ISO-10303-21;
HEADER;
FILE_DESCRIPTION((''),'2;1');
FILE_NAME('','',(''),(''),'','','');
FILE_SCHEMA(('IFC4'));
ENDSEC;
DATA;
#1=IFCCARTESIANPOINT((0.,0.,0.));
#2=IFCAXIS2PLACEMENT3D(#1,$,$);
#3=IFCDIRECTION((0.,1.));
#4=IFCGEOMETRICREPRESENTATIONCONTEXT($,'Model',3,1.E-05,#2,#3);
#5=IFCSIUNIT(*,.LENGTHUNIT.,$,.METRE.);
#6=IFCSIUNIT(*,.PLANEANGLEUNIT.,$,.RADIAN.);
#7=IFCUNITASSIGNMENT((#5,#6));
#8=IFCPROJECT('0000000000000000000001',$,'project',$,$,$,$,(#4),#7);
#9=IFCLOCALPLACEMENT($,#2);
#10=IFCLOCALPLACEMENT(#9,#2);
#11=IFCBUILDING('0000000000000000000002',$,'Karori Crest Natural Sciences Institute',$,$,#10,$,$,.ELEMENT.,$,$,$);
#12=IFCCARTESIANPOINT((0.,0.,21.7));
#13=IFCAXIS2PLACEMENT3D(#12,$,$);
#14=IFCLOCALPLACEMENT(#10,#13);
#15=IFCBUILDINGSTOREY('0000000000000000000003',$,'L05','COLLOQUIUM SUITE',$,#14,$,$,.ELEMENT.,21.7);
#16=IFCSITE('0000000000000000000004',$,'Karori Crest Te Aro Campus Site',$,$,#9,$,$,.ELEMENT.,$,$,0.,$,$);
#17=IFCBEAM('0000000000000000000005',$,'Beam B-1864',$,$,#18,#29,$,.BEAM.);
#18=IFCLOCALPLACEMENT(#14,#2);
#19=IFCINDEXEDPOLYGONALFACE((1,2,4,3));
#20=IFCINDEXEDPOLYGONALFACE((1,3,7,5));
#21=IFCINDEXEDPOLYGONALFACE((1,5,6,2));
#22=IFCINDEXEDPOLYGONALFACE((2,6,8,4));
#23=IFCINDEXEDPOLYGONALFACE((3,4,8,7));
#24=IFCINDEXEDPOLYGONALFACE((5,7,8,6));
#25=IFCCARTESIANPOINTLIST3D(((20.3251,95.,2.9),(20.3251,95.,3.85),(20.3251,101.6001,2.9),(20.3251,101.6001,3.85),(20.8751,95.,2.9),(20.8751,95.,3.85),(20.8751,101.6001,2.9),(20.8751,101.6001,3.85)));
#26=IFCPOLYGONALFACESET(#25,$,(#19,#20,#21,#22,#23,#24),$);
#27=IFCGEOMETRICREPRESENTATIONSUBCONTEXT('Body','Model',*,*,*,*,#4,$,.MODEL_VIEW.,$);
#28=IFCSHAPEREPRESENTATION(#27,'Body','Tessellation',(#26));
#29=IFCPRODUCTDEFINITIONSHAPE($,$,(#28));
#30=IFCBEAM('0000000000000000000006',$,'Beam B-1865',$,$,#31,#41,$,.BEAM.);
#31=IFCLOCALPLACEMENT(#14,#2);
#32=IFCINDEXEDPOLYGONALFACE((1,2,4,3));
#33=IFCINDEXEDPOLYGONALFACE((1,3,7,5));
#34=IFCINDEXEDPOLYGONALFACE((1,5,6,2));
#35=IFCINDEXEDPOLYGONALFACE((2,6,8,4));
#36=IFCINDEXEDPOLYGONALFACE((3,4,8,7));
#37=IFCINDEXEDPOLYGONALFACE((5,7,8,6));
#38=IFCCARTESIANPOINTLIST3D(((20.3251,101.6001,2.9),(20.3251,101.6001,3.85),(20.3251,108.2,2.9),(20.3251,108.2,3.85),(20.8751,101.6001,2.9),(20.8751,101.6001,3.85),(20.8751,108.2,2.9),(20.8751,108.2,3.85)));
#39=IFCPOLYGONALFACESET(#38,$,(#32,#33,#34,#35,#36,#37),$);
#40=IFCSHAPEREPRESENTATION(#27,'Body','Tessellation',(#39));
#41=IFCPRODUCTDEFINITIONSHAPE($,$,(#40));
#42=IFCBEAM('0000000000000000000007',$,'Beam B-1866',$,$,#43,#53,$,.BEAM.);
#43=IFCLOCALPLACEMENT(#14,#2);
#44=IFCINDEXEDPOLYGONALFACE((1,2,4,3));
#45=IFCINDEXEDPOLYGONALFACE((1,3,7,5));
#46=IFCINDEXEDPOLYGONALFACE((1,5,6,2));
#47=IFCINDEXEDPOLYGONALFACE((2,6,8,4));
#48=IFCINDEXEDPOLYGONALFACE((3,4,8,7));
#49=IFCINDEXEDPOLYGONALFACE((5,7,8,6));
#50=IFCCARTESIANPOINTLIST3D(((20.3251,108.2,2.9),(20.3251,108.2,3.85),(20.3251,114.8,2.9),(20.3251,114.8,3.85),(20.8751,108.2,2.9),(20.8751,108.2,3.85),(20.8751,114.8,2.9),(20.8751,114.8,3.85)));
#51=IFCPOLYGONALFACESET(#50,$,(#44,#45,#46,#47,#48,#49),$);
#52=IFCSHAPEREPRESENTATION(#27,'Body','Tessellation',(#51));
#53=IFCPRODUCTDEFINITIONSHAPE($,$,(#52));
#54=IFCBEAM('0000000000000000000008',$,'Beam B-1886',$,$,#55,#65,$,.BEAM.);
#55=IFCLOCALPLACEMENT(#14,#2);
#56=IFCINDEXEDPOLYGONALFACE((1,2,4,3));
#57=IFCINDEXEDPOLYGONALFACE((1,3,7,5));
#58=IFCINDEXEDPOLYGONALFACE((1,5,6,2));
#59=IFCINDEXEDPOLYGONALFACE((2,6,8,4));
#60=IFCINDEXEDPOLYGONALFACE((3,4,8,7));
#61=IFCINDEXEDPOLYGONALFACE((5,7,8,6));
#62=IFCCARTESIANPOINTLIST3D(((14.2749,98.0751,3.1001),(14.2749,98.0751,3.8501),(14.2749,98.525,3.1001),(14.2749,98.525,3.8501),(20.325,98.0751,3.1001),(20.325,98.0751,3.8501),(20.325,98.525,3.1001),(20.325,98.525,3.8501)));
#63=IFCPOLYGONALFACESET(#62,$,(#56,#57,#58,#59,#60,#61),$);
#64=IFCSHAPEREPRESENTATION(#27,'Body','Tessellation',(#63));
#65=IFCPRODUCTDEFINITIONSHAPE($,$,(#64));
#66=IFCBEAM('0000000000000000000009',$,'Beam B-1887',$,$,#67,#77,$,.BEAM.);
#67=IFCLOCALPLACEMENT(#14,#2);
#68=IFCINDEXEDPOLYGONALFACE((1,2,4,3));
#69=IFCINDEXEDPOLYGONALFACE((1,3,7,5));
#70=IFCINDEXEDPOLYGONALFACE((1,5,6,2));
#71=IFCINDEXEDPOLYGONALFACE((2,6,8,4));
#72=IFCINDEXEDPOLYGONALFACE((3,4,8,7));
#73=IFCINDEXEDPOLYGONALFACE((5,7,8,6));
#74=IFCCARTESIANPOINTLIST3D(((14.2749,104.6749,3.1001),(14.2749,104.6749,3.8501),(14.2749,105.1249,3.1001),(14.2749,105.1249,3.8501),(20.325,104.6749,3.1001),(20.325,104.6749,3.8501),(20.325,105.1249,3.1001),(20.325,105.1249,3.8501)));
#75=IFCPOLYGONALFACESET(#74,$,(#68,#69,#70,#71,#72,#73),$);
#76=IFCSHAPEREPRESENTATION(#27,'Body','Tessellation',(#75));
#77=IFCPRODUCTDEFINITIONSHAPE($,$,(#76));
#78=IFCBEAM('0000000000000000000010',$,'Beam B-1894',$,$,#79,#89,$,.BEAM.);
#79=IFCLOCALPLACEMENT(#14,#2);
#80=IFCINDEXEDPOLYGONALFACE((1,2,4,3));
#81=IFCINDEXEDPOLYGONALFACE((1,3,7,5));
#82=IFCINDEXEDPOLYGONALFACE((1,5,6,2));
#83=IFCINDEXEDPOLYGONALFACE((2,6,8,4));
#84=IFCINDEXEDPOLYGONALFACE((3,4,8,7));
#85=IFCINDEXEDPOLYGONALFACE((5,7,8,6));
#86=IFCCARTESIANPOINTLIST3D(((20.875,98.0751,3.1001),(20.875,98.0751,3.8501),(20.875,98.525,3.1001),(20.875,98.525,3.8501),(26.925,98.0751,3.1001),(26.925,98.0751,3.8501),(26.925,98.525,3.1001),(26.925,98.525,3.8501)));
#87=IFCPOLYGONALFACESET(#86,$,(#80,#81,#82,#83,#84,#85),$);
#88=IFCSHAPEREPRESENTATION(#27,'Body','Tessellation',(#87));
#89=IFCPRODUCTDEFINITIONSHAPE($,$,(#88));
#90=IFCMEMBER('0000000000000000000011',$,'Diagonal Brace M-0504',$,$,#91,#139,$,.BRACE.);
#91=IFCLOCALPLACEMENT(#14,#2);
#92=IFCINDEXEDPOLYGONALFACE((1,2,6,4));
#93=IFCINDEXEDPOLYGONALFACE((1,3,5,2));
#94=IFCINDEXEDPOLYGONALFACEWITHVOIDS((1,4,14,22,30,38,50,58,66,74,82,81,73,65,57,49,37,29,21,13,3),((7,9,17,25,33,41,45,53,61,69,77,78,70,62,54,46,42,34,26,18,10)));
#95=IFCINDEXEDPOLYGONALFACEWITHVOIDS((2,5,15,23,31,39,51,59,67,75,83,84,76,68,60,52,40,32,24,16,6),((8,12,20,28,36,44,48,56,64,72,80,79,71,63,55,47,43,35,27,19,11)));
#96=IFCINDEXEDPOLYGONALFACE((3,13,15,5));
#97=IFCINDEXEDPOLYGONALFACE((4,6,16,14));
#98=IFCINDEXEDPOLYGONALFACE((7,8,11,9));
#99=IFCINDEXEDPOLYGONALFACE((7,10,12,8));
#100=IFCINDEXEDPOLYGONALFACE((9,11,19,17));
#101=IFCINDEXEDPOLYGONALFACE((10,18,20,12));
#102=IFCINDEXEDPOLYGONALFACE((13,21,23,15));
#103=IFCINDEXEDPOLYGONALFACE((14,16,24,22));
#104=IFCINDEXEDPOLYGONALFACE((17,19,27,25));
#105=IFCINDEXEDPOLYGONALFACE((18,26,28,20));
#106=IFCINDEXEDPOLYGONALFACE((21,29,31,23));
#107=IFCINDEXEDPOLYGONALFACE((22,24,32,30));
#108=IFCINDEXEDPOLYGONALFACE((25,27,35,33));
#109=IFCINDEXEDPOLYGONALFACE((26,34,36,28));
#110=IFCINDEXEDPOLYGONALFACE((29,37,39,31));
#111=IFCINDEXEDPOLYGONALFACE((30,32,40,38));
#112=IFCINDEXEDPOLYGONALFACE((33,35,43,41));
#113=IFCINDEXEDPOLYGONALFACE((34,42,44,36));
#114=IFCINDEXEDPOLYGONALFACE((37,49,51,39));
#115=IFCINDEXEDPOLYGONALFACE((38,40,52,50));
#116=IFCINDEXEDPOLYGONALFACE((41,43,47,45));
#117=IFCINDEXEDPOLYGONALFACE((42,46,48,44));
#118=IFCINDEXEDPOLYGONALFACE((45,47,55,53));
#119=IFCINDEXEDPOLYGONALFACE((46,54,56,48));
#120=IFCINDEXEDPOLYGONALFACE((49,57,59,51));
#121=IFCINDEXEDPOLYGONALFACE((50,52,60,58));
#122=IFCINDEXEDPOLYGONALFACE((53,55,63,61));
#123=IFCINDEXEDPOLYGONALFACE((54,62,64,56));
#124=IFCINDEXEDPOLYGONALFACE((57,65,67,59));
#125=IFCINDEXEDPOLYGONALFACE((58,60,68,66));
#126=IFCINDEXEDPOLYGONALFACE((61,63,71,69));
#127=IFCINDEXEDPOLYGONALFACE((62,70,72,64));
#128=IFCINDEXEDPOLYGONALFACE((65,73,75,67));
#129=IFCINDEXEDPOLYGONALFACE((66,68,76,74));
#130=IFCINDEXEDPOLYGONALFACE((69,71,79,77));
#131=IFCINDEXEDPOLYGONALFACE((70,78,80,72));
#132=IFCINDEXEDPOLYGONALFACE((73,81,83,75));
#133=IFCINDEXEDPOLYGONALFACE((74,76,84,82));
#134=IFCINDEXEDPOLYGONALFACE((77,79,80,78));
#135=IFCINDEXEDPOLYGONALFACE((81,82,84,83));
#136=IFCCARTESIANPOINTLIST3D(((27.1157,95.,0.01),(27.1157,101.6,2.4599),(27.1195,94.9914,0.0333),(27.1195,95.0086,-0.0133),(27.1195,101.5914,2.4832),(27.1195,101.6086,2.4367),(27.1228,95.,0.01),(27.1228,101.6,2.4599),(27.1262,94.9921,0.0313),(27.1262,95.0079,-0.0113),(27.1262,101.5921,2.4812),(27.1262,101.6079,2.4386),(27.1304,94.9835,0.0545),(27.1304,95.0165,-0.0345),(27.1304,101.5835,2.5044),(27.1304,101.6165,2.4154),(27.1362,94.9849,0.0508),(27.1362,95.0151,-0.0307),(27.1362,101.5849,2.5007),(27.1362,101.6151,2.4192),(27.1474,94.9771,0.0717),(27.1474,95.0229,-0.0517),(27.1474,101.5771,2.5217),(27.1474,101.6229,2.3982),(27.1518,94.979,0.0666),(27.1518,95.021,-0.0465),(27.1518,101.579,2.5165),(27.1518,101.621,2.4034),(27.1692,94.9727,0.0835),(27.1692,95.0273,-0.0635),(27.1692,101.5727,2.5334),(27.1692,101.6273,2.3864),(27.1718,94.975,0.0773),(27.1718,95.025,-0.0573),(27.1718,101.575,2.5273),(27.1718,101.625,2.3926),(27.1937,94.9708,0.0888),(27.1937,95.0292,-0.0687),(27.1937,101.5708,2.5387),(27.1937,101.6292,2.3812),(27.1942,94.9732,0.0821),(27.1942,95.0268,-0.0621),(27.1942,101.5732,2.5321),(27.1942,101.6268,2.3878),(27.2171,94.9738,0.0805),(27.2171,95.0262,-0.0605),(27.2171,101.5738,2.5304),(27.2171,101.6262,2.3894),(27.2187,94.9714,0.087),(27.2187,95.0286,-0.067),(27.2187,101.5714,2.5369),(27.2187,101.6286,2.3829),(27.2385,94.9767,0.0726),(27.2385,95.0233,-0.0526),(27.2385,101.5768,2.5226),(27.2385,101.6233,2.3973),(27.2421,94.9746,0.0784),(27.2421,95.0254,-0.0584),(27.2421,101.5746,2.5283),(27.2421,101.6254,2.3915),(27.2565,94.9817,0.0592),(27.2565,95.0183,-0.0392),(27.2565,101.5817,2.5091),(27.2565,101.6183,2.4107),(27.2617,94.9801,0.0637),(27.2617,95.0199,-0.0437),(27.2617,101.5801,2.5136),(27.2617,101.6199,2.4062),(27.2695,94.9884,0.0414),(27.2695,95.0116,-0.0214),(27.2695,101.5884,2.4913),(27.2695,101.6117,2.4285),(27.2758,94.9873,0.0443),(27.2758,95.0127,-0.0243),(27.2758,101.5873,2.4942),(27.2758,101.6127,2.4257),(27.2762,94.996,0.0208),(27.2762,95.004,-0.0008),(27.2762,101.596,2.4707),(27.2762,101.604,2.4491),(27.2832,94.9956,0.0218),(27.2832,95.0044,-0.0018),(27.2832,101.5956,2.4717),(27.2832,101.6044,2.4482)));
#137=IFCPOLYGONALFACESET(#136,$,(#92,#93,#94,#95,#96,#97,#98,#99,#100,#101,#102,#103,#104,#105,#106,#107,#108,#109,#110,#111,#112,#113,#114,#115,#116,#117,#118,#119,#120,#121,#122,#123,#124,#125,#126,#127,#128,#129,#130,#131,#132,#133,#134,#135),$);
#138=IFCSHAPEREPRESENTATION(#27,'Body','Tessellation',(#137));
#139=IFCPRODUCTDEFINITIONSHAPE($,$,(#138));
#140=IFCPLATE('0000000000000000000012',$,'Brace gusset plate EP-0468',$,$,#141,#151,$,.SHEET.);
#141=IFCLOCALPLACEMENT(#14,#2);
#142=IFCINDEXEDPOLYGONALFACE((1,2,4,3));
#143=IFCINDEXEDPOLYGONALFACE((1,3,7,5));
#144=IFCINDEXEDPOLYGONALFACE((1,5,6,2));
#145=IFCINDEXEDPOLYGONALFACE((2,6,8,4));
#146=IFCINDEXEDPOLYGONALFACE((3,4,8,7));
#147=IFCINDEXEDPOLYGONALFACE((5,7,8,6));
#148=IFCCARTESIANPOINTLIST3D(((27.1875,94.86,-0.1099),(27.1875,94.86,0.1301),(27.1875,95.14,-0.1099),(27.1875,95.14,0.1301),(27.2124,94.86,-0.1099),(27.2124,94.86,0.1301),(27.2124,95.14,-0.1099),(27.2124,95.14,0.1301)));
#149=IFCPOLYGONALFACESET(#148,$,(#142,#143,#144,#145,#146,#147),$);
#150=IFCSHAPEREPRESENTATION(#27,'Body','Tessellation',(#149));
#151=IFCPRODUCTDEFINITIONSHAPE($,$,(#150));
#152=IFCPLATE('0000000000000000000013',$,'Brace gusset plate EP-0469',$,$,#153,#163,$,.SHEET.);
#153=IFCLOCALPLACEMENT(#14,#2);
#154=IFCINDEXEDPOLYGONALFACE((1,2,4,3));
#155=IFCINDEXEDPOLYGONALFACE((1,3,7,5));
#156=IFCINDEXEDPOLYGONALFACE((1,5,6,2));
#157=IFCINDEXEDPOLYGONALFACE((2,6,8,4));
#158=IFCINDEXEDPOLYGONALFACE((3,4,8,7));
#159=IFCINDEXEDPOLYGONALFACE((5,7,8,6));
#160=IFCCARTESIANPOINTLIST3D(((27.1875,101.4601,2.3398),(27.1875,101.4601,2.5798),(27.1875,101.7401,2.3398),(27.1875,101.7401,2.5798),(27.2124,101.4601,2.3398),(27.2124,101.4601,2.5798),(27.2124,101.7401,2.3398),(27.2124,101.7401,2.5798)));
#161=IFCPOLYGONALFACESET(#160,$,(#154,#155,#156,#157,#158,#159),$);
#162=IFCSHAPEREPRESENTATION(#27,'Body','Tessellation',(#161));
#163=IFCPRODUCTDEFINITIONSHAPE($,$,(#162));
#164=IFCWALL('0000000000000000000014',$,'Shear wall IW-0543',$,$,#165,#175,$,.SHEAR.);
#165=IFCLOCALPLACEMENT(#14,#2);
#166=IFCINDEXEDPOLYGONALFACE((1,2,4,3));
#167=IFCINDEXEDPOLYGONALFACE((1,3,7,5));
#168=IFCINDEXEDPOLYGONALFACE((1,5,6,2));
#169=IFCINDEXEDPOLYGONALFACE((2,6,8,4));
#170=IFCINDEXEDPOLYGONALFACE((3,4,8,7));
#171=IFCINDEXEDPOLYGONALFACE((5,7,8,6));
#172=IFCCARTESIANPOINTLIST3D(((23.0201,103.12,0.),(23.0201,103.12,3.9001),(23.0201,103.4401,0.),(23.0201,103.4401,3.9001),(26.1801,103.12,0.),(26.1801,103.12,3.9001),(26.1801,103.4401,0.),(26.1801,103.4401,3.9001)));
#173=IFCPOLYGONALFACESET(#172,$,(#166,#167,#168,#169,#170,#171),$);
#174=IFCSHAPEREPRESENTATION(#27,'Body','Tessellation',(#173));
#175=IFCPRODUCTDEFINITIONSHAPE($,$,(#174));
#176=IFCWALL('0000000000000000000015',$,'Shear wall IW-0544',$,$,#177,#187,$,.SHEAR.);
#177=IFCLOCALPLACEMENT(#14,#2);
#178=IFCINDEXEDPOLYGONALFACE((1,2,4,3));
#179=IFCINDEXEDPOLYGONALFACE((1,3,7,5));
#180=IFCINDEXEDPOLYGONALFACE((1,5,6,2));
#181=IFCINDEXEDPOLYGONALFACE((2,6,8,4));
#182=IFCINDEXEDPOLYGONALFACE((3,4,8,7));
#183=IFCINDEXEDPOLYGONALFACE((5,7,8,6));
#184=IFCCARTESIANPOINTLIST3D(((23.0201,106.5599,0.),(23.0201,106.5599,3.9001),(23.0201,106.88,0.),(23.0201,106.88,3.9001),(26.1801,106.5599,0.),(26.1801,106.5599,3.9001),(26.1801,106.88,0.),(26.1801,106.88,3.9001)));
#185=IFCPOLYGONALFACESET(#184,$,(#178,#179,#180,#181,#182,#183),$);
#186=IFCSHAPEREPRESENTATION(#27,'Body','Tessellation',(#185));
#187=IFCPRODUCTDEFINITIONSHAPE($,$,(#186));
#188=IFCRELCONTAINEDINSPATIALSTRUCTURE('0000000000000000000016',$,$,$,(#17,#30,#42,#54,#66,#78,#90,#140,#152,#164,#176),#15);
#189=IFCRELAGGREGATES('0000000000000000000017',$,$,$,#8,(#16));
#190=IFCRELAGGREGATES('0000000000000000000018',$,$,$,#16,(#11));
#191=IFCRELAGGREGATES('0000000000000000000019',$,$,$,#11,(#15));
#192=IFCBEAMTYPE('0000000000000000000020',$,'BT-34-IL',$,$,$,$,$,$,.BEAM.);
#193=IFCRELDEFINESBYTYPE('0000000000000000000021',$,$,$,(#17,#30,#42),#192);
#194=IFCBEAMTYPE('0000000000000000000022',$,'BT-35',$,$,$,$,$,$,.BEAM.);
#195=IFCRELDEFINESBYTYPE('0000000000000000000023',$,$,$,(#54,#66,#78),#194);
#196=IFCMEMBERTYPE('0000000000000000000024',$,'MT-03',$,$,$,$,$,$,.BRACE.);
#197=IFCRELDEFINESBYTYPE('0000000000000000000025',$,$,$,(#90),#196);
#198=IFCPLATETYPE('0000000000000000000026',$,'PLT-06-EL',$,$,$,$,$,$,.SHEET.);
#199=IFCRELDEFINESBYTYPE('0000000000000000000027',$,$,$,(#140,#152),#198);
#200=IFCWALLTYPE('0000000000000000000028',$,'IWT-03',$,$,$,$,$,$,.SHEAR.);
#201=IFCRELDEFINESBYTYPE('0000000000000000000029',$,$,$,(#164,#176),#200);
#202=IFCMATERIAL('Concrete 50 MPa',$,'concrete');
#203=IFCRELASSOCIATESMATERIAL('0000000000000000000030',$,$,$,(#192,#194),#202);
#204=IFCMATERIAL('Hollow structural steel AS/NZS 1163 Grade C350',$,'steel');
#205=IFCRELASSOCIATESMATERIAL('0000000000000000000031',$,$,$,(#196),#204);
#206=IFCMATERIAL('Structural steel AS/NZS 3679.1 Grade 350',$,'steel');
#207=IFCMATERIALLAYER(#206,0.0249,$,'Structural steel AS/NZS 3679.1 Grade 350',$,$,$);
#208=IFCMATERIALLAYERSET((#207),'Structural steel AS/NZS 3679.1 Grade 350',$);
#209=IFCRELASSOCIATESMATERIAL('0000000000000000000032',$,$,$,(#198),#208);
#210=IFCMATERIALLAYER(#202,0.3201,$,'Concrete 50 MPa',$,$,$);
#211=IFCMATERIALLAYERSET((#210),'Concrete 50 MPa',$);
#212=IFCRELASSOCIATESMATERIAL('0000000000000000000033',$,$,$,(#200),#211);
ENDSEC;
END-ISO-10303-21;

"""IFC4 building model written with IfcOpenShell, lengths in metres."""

from ifc_helpers import new_model, si_unit, direction, frame, frame_2d, origin, origin_2d, place, context, subcontext, project, spatial, rectangle, hollow_circle, extrude, material, layer, layer_set, material_profile, profile_set, type_object, element, save


model = new_model("IFC4")

# Units and contexts
model_context = context("Model", 3, precision=1e-05, world=origin(), true_north=direction((0.0, 1.0)))
body_context = subcontext(model_context, "Body", "Model", "MODEL_VIEW")
ifc_project = project(units=[si_unit("LENGTHUNIT", "METRE"), si_unit("PLANEANGLEUNIT", "RADIAN")], contexts=[model_context])

# Site, building, storey
site_placement = place(None, origin())
site = spatial("IfcSite", under=ifc_project, at=site_placement, Name="Karori Crest Te Aro Campus Site", CompositionType="ELEMENT", RefElevation=0.0)
building_placement = place(site_placement, origin())
building = spatial("IfcBuilding", under=site, at=building_placement, Name="Karori Crest Natural Sciences Institute", CompositionType="ELEMENT")
storey_placement = place(building_placement, frame((0.0, 0.0, 21.7)))
storey = spatial("IfcBuildingStorey", under=building, at=storey_placement, Name="L05", Description="COLLOQUIUM SUITE", CompositionType="ELEMENT", Elevation=21.7)

# Shared definitions
ifc_material_1 = material(Name="Concrete 50 MPa", Category="concrete")

# Beams
ifc_material_profile_1 = material_profile(ifc_material_1, rectangle(XDim=0.55, YDim=0.95, at=origin_2d()), Name="RCB550x950")
ifc_profile_set_1 = profile_set([ifc_material_profile_1], Name="Concrete 50 MPa")
beam_type_1 = type_object("IfcBeamType", Name="BT-34-IL", PredefinedType="BEAM", material=ifc_profile_set_1)
for number, where, z_axis, x_axis, name in (
    (1, (20.6001, 95.0, 3.375), (0.0, 1.0, 0.0), (-1.0, 0.0, 0.0), "Beam B-1864"),
):
    element("IfcBeam", number, at=place(storey_placement, frame(where, z_axis=z_axis, x_axis=x_axis)), inside=storey, type_object=beam_type_1, Name=name, PredefinedType="BEAM", context=body_context, shape_type="SweptSolid", body=[
        extrude(rectangle(XDim=0.55, YDim=0.95, at=origin_2d()), origin(), (0.0, 0.0, 1.0), 6.6001),
    ])
beam_1_placement = place(storey_placement, frame((20.6001, 101.6001, 3.375), z_axis=(0.0, 1.0, 0.0), x_axis=(-1.0, 0.0, 0.0)))
element("IfcBeam", 2, at=beam_1_placement, inside=storey, type_object=beam_type_1, Name="Beam B-1865", PredefinedType="BEAM", context=body_context, shape_type="SweptSolid", body=[
    extrude(rectangle(XDim=0.55, YDim=0.95, at=origin_2d()), origin(), (0.0, 0.0, 1.0), 6.5999),
])
beam_2_placement = place(storey_placement, frame((20.6001, 108.2, 3.375), z_axis=(0.0, 1.0, 0.0), x_axis=(-1.0, 0.0, 0.0)))
element("IfcBeam", 3, at=beam_2_placement, inside=storey, type_object=beam_type_1, Name="Beam B-1866", PredefinedType="BEAM", context=body_context, shape_type="SweptSolid", body=[
    extrude(rectangle(XDim=0.55, YDim=0.95, at=origin_2d()), origin(), (0.0, 0.0, 1.0), 6.6001),
])
ifc_material_profile_2 = material_profile(ifc_material_1, rectangle(XDim=0.45, YDim=0.75, at=origin_2d()), Name="RCB450x750")
ifc_profile_set_2 = profile_set([ifc_material_profile_2], Name="Concrete 50 MPa")
beam_type_2 = type_object("IfcBeamType", Name="BT-35", PredefinedType="BEAM", material=ifc_profile_set_2)
for number, where, z_axis, x_axis, name in (
    (4, (14.2749, 98.3, 3.4751), (1.0, 0.0, 0.0), (0.0, 1.0, 0.0), "Beam B-1886"),
    (5, (14.2749, 104.8999, 3.4751), (1.0, 0.0, 0.0), (0.0, 1.0, 0.0), "Beam B-1887"),
    (6, (20.875, 98.3, 3.4751), (1.0, 0.0, 0.0), (0.0, 1.0, 0.0), "Beam B-1894"),
):
    element("IfcBeam", number, at=place(storey_placement, frame(where, z_axis=z_axis, x_axis=x_axis)), inside=storey, type_object=beam_type_2, Name=name, PredefinedType="BEAM", context=body_context, shape_type="SweptSolid", body=[
        extrude(rectangle(XDim=0.45, YDim=0.75, at=origin_2d()), origin(), (0.0, 0.0, 1.0), 6.05),
    ])

# Member
ifc_material_2 = material(Name="Hollow structural steel AS/NZS 1163 Grade C350", Category="steel")
ifc_material_profile_3 = material_profile(ifc_material_2, hollow_circle(Radius=0.0842, WallThickness=0.0071, at=origin_2d()), Name="CHS168.3x7.1")
ifc_profile_set_3 = profile_set([ifc_material_profile_3], Name="Hollow structural steel AS/NZS 1163 Grade C350")
member_type = type_object("IfcMemberType", Name="MT-03", PredefinedType="BRACE", material=ifc_profile_set_3)
member_placement = place(storey_placement, frame((27.2, 95.0, 0.01), z_axis=(0.0, 0.937495, 0.347998), x_axis=(-1.0, 0.0, 0.0)))
element("IfcMember", 7, at=member_placement, inside=storey, type_object=member_type, Name="Diagonal Brace M-0504", PredefinedType="BRACE", context=body_context, shape_type="SweptSolid", body=[
    extrude(hollow_circle(Radius=0.0842, WallThickness=0.0071, at=origin_2d()), origin(), (0.0, 0.0, 1.0), 7.04),
])

# Plates
ifc_material_3 = material(Name="Structural steel AS/NZS 3679.1 Grade 350", Category="steel")
ifc_layer_1 = layer(ifc_material_3, 0.0249, Name="Structural steel AS/NZS 3679.1 Grade 350")
ifc_layer_set_1 = layer_set([ifc_layer_1], Name="Structural steel AS/NZS 3679.1 Grade 350")
plate_type = type_object("IfcPlateType", Name="PLT-06-EL", PredefinedType="SHEET", material=ifc_layer_set_1)
for number, where, z_axis, x_axis, name in (
    (8, (27.2, 95.0, -0.1099), (0.0, 0.0, 1.0), (0.0, 1.0, 0.0), "Brace gusset plate EP-0468"),
    (9, (27.2, 101.6001, 2.3398), (0.0, 0.0, 1.0), (0.0, 1.0, 0.0), "Brace gusset plate EP-0469"),
):
    element("IfcPlate", number, at=place(storey_placement, frame(where, z_axis=z_axis, x_axis=x_axis)), inside=storey, type_object=plate_type, Name=name, PredefinedType="SHEET", context=body_context, shape_type="SweptSolid", body=[
        extrude(rectangle(XDim=0.28, YDim=0.0249, at=origin_2d()), origin(), (0.0, 0.0, 1.0), 0.24),
    ])

# Walls
ifc_layer_2 = layer(ifc_material_1, 0.3201, Name="Concrete 50 MPa")
ifc_layer_set_2 = layer_set([ifc_layer_2], Name="Concrete 50 MPa")
wall_type_1 = type_object("IfcWallType", Name="IWT-03", PredefinedType="SHEAR", material=ifc_layer_set_2)
for number, where, z_axis, x_axis, name in (
    (10, (23.02, 103.28, 0.0), (0.0, 0.0, 1.0), (1.0, 0.0, 0.0), "Shear wall IW-0543"),
    (11, (23.02, 106.72, 0.0), (0.0, 0.0, 1.0), (1.0, 0.0, 0.0), "Shear wall IW-0544"),
):
    element("IfcWall", number, at=place(storey_placement, frame(where, z_axis=z_axis, x_axis=x_axis)), inside=storey, type_object=wall_type_1, Name=name, PredefinedType="SHEAR", context=body_context, shape_type="SweptSolid", body=[
        extrude(rectangle(XDim=3.1599, YDim=0.3201, at=frame_2d((1.5801, 0.0))), origin(), (0.0, 0.0, 1.0), 3.9001),
    ])

save(model, "model.ifc")
